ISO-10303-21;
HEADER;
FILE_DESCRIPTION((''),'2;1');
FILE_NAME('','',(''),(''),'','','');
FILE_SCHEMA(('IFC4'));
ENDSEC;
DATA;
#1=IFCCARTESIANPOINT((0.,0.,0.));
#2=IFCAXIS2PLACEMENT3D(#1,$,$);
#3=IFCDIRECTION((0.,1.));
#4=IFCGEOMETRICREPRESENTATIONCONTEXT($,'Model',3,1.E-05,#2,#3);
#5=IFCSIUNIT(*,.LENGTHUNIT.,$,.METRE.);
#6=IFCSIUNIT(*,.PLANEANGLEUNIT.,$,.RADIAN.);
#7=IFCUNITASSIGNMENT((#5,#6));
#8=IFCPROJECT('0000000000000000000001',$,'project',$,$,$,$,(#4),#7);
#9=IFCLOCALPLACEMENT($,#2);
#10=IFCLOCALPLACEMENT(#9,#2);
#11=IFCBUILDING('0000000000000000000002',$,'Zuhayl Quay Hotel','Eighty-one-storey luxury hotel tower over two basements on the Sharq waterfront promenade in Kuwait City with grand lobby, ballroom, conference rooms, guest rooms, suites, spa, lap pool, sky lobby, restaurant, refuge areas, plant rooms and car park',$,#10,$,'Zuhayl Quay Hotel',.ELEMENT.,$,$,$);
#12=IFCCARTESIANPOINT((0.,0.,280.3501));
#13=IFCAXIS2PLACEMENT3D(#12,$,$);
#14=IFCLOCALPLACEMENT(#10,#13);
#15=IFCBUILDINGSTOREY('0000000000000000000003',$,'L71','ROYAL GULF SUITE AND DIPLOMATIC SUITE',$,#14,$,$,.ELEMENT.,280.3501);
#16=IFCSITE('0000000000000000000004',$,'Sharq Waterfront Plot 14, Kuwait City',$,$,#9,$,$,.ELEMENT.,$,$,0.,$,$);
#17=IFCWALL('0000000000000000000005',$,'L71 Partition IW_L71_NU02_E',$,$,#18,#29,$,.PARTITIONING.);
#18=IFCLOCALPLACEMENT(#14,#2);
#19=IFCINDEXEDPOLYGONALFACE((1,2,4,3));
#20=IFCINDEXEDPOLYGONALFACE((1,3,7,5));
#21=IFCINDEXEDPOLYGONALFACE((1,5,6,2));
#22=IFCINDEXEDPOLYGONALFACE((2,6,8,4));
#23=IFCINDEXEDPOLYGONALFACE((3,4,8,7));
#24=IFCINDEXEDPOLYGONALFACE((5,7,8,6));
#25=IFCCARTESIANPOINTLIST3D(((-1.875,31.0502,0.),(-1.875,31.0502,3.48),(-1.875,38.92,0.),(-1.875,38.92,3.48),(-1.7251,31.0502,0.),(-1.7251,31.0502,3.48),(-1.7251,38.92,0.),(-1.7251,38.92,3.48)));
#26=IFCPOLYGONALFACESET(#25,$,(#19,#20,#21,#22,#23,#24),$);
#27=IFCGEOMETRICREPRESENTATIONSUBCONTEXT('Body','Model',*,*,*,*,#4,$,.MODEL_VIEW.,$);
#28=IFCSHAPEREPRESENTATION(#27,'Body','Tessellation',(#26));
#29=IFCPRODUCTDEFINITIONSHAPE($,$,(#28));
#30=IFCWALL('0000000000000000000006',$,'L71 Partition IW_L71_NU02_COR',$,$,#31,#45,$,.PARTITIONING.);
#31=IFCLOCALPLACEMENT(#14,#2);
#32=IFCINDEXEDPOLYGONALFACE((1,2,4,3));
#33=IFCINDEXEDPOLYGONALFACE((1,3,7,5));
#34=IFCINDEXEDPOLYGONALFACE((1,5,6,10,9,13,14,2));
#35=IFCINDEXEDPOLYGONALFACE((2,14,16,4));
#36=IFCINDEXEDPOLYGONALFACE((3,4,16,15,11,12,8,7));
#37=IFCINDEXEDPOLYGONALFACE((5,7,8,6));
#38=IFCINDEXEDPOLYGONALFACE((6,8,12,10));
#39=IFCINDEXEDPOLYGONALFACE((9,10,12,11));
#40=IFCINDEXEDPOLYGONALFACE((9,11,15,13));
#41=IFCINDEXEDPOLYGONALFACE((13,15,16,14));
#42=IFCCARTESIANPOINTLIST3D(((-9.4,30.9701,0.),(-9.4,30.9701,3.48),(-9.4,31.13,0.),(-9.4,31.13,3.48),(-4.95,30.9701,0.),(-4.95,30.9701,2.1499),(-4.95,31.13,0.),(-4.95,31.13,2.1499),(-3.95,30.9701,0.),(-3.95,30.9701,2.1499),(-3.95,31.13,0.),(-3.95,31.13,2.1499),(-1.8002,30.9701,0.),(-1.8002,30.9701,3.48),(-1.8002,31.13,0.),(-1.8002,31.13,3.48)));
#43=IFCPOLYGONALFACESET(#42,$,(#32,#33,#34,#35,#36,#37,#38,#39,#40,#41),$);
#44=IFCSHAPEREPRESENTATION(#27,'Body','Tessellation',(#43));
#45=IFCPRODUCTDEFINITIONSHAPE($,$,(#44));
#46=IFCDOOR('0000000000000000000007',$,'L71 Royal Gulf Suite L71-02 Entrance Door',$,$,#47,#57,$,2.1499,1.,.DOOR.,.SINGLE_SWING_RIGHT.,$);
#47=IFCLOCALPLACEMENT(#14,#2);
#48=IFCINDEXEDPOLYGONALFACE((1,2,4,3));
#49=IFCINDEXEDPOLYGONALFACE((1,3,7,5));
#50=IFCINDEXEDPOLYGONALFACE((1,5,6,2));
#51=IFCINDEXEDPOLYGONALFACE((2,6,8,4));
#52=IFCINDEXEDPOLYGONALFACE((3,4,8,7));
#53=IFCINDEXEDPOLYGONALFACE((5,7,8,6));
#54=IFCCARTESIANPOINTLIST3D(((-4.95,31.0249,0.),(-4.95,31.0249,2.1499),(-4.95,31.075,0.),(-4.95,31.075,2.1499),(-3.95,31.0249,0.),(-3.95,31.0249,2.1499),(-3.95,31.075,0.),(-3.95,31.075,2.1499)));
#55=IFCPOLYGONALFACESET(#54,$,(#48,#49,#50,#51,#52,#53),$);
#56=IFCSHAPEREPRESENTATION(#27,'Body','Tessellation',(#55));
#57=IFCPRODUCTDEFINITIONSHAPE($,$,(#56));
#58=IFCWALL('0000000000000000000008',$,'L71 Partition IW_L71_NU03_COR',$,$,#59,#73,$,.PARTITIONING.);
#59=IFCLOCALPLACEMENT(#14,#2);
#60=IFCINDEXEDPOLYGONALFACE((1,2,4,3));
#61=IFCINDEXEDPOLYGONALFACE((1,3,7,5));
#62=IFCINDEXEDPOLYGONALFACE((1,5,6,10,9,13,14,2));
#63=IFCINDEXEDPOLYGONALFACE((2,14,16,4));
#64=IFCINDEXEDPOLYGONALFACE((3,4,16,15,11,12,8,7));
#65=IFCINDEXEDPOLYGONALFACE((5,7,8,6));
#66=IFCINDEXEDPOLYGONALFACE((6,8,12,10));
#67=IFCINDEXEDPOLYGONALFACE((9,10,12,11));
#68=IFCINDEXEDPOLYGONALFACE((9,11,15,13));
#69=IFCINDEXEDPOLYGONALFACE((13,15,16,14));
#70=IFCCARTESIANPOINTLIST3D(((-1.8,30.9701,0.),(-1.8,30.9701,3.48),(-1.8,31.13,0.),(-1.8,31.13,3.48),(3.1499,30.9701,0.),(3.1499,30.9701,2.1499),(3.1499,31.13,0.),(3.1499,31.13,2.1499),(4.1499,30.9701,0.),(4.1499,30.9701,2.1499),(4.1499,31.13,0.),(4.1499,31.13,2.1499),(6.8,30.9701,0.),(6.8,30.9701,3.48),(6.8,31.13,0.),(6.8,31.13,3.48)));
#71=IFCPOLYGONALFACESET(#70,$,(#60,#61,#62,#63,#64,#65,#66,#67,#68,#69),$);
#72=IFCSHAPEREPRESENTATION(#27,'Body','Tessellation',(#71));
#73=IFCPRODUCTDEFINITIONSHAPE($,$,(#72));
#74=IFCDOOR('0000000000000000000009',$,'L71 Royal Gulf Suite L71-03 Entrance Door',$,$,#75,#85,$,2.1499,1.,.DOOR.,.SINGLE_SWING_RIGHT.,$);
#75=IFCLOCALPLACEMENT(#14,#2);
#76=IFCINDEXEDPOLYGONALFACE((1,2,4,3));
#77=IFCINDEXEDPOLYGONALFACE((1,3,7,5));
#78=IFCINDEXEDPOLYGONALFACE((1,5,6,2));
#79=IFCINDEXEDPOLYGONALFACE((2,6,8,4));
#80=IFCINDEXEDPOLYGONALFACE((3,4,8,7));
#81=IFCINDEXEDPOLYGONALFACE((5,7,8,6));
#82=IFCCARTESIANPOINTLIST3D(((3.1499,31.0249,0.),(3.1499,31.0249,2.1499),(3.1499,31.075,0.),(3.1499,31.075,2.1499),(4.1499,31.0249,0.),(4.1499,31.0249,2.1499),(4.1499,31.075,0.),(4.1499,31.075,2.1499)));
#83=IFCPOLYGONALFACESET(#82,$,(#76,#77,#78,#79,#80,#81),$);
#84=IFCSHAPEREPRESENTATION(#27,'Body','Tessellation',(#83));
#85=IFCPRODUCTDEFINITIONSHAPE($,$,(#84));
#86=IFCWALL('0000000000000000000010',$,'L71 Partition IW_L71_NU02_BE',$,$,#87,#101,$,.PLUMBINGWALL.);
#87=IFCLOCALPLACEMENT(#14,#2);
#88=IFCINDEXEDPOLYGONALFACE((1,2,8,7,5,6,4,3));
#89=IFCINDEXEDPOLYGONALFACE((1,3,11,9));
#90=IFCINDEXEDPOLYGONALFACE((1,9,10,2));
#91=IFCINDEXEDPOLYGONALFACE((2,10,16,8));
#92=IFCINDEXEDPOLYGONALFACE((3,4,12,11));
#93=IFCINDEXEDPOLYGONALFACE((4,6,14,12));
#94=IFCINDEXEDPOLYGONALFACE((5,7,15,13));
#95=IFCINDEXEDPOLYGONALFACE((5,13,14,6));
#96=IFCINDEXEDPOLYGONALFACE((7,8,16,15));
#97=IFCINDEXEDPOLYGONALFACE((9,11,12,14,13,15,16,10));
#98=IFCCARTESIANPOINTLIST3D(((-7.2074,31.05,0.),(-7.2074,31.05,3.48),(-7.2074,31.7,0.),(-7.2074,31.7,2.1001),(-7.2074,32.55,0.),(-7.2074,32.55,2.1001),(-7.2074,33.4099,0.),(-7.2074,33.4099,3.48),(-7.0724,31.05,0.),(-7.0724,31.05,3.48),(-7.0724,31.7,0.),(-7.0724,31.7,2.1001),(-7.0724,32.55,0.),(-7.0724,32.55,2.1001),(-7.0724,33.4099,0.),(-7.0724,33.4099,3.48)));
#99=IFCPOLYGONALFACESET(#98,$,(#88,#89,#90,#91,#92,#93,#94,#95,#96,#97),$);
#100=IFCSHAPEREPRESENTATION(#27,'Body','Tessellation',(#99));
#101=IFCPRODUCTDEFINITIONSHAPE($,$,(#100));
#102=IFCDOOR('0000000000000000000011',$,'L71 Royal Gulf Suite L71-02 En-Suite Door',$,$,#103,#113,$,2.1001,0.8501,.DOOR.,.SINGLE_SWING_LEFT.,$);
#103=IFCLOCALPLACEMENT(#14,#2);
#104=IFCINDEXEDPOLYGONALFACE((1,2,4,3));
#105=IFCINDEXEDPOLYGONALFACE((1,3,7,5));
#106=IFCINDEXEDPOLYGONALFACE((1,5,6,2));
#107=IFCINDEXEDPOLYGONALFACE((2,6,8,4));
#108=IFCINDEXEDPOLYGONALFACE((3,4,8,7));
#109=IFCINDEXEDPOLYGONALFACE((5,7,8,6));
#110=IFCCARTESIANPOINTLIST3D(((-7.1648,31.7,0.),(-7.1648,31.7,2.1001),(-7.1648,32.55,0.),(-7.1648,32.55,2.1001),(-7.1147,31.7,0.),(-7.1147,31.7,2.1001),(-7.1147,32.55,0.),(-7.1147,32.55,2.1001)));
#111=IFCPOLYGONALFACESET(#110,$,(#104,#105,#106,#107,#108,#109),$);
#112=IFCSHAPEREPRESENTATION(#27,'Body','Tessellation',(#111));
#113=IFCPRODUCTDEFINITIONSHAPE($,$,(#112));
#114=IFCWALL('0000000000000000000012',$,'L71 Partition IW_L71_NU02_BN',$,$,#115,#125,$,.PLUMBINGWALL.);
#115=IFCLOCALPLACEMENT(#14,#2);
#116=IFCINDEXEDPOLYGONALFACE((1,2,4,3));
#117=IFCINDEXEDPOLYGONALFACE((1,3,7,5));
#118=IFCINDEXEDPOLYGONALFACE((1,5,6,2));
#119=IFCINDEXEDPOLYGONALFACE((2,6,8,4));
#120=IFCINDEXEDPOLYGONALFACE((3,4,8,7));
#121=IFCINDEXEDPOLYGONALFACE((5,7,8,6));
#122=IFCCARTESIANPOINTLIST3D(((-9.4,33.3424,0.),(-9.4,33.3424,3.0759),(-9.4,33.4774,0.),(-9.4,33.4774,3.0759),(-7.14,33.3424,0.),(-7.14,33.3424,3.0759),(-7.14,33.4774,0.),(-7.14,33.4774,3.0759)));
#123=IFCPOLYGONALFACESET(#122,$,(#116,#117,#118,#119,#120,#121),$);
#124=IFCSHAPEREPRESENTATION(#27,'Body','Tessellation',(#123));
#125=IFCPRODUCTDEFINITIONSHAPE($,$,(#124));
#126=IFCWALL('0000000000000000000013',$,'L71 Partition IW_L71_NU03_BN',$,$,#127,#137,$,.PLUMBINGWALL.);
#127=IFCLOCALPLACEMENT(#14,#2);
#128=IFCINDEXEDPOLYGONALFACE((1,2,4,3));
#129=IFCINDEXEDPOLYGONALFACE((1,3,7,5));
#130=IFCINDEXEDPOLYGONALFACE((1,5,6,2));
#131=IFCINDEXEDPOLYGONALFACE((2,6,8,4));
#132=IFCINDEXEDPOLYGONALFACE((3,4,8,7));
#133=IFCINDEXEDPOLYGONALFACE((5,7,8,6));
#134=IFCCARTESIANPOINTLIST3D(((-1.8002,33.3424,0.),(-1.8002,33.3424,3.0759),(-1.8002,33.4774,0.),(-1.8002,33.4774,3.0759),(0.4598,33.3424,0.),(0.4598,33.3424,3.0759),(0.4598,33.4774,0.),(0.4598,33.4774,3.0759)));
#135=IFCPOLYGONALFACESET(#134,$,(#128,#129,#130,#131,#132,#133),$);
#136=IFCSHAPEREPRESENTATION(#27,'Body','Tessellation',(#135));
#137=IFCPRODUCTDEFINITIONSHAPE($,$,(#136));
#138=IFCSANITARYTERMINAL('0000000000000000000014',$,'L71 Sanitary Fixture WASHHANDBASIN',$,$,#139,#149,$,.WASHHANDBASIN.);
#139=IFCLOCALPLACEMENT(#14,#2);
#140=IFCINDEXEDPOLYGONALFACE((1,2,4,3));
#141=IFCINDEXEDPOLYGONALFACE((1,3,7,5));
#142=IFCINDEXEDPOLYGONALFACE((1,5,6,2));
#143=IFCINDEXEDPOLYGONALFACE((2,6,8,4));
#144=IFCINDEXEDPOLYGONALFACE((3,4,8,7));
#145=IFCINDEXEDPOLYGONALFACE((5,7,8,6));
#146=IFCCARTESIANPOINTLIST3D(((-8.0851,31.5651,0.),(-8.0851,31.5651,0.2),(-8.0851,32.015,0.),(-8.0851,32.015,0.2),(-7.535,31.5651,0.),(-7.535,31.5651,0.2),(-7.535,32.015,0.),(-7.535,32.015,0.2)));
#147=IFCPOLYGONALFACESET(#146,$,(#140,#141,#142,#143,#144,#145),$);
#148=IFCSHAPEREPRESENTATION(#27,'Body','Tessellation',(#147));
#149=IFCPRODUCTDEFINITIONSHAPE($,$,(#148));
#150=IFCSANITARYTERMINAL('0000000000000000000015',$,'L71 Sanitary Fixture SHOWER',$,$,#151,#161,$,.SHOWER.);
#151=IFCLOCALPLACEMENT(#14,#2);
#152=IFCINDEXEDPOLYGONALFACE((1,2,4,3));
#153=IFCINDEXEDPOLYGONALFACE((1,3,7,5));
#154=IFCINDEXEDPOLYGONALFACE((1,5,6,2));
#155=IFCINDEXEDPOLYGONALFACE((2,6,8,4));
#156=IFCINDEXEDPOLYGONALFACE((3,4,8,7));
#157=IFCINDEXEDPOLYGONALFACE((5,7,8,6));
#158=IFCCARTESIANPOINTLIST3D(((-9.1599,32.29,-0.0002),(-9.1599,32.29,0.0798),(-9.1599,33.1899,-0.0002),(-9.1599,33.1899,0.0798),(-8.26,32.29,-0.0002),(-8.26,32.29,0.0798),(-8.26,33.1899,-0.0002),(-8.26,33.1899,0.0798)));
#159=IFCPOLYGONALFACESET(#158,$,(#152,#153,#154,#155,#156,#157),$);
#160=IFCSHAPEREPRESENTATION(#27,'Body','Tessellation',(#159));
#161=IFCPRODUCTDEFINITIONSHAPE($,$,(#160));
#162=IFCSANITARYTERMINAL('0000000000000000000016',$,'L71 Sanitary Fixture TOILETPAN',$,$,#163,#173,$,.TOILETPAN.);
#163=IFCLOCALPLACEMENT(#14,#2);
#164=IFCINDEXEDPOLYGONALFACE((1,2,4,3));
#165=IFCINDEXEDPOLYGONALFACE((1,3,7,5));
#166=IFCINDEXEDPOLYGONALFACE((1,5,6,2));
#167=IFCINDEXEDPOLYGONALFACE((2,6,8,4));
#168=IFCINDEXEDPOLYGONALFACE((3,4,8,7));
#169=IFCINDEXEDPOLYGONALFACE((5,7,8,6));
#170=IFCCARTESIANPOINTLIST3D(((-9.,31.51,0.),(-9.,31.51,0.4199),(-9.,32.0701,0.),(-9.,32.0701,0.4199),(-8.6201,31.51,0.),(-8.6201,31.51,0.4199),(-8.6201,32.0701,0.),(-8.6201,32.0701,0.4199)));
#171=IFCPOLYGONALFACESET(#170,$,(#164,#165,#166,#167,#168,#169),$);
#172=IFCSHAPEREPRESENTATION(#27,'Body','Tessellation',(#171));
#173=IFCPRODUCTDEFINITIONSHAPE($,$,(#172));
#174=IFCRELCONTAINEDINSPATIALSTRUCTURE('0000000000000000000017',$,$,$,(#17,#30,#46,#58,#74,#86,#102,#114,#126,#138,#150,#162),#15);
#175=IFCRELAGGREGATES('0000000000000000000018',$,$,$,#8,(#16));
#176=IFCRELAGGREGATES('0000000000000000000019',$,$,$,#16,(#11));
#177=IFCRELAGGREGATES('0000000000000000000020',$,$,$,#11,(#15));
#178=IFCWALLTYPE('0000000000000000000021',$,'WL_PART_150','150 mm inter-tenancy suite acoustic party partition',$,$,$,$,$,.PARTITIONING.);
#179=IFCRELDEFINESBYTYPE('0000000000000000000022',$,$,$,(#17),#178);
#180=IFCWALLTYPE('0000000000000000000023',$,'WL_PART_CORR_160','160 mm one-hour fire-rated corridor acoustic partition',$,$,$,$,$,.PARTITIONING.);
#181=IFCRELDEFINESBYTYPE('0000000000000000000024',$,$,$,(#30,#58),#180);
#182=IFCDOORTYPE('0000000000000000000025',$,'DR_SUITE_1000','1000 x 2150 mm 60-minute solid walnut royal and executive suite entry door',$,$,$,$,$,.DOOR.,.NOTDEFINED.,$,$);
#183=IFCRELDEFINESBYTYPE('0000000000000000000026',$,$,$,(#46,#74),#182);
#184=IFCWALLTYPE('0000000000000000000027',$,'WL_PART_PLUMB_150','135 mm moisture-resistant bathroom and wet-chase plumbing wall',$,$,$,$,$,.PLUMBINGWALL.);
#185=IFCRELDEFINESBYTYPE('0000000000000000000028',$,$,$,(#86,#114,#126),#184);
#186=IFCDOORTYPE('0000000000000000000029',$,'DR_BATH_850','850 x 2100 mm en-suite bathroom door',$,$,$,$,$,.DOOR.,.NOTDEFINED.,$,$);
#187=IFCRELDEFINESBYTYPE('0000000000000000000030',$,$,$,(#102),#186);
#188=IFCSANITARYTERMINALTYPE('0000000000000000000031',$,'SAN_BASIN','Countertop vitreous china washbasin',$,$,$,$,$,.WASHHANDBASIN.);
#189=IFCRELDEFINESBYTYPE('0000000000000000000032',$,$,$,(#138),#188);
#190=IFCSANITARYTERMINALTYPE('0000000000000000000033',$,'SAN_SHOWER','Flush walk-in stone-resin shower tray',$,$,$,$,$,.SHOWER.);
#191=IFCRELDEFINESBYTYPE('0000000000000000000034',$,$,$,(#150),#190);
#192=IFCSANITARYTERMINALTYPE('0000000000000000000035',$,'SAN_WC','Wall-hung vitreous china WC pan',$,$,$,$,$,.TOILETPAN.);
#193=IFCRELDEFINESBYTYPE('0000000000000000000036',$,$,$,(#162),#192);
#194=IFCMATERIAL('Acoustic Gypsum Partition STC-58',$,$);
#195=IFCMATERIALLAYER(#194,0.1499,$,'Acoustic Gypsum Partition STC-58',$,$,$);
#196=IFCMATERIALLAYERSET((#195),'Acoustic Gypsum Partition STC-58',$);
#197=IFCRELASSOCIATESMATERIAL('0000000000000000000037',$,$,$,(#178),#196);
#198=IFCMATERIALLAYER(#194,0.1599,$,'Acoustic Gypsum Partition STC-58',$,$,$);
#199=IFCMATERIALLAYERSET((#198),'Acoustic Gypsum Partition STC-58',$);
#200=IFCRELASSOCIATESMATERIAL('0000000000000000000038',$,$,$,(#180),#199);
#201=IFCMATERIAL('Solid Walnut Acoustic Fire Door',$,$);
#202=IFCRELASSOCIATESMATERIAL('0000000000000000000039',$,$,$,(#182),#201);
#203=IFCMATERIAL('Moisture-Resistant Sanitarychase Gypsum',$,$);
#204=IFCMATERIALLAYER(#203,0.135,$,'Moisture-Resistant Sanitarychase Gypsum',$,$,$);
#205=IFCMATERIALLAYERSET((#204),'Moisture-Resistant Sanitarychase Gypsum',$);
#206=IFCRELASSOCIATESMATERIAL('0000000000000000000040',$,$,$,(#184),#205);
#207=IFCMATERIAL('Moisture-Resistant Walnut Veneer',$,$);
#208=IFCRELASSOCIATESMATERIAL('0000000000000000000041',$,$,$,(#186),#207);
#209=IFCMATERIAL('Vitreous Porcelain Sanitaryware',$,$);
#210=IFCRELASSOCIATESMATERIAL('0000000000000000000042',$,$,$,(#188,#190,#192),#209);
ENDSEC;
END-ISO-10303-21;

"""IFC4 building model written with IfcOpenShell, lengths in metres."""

from ifc_helpers import new_model, si_unit, direction, frame, frame_2d, origin, origin_2d, place, context, subcontext, project, spatial, rectangle, extrude, material, layer, layer_set, type_object, element, fill, save


model = new_model("IFC4")

# Units and contexts
model_context = context("Model", 3, precision=1e-05, world=origin(), true_north=direction((0.0, 1.0)))
body_context = subcontext(model_context, "Body", "Model", "MODEL_VIEW")
ifc_project = project(units=[si_unit("LENGTHUNIT", "METRE"), si_unit("PLANEANGLEUNIT", "RADIAN")], contexts=[model_context])

# Site, building, storey
site_placement = place(None, origin())
site = spatial("IfcSite", under=ifc_project, at=site_placement, Name="Sharq Waterfront Plot 14, Kuwait City", CompositionType="ELEMENT", RefElevation=0.0)
building_placement = place(site_placement, origin())
building = spatial("IfcBuilding", under=site, at=building_placement, Name="Zuhayl Quay Hotel", Description="Eighty-one-storey luxury hotel tower over two basements on the Sharq waterfront promenade in Kuwait City with grand lobby, ballroom, conference rooms, guest rooms, suites, spa, lap pool, sky lobby, restaurant, refuge areas, plant rooms and car park", LongName="Zuhayl Quay Hotel", CompositionType="ELEMENT")
storey_placement = place(building_placement, frame((0.0, 0.0, 280.3501)))
storey = spatial("IfcBuildingStorey", under=building, at=storey_placement, Name="L71", Description="ROYAL GULF SUITE AND DIPLOMATIC SUITE", CompositionType="ELEMENT", Elevation=280.3501)

# Wall
ifc_material_1 = material(Name="Acoustic Gypsum Partition STC-58")
ifc_layer_1 = layer(ifc_material_1, 0.1499, Name="Acoustic Gypsum Partition STC-58")
ifc_layer_set_1 = layer_set([ifc_layer_1], Name="Acoustic Gypsum Partition STC-58")
wall_type_1 = type_object("IfcWallType", Name="WL_PART_150", Description="150 mm inter-tenancy suite acoustic party partition", PredefinedType="PARTITIONING", material=ifc_layer_set_1)
for number, where, z_axis, x_axis, name in (
    (1, (-1.8, 31.05, 0.0), (0.0, 0.0, 1.0), (0.0, 1.0, 0.0), "L71 Partition IW_L71_NU02_E"),
):
    element("IfcWall", number, at=place(storey_placement, frame(where, z_axis=z_axis, x_axis=x_axis)), inside=storey, type_object=wall_type_1, Name=name, PredefinedType="PARTITIONING", context=body_context, shape_type="SweptSolid", body=[
        extrude(rectangle(XDim=7.8699, YDim=0.1499, at=frame_2d((3.9351, 0.0))), origin(), (0.0, 0.0, 1.0), 3.48),
    ])

# Walls, openings, doors
ifc_layer_2 = layer(ifc_material_1, 0.1599, Name="Acoustic Gypsum Partition STC-58")
ifc_layer_set_2 = layer_set([ifc_layer_2], Name="Acoustic Gypsum Partition STC-58")
wall_type_2 = type_object("IfcWallType", Name="WL_PART_CORR_160", Description="160 mm one-hour fire-rated corridor acoustic partition", PredefinedType="PARTITIONING", material=ifc_layer_set_2)
wall_1_placement = place(storey_placement, frame((-9.3999, 31.05, 0.0), z_axis=(0.0, 0.0, 1.0), x_axis=(1.0, 0.0, 0.0)))
wall_1 = element("IfcWall", 2, at=wall_1_placement, inside=storey, type_object=wall_type_2, Name="L71 Partition IW_L71_NU02_COR", PredefinedType="PARTITIONING", context=body_context, shape_type="SweptSolid", body=[
    extrude(rectangle(XDim=7.5999, YDim=0.1599, at=frame_2d((3.7998, 0.0))), origin(), (0.0, 0.0, 1.0), 3.48),
])
opening_1_placement = place(wall_1_placement, frame((4.45, 0.0, 0.0)))
opening_1 = element("IfcOpeningElement", 3, at=opening_1_placement, cuts=wall_1, PredefinedType="OPENING", context=body_context, shape_type="SweptSolid", body=[
    extrude(rectangle(XDim=1.0, YDim=2.1499, at=frame_2d((0.5, 1.075))), frame((0.0, 0.0898, 0.0), z_axis=(0.0, -1.0, 0.0), x_axis=(1.0, 0.0, 0.0)), (0.0, 0.0, 1.0), 0.1799),
])
ifc_material_2 = material(Name="Solid Walnut Acoustic Fire Door")
door_type_1 = type_object("IfcDoorType", Name="DR_SUITE_1000", Description="1000 x 2150 mm 60-minute solid walnut royal and executive suite entry door", OperationType="NOTDEFINED", PredefinedType="DOOR", material=ifc_material_2)
door_1_placement = place(opening_1_placement, origin())
door_1 = element("IfcDoor", 4, at=door_1_placement, inside=storey, type_object=door_type_1, Name="L71 Royal Gulf Suite L71-02 Entrance Door", OperationType="SINGLE_SWING_RIGHT", OverallHeight=2.1499, OverallWidth=1.0, PredefinedType="DOOR", context=body_context, shape_type="SweptSolid", body=[
    extrude(rectangle(XDim=1.0, YDim=2.1499, at=frame_2d((0.5, 1.075))), frame((0.0, 0.0249, 0.0), z_axis=(0.0, -1.0, 0.0), x_axis=(1.0, 0.0, 0.0)), (0.0, 0.0, 1.0), 0.05),
])
fill(opening_1, door_1)
wall_2_placement = place(storey_placement, frame((-1.8, 31.05, 0.0), z_axis=(0.0, 0.0, 1.0), x_axis=(1.0, 0.0, 0.0)))
wall_2 = element("IfcWall", 5, at=wall_2_placement, inside=storey, type_object=wall_type_2, Name="L71 Partition IW_L71_NU03_COR", PredefinedType="PARTITIONING", context=body_context, shape_type="SweptSolid", body=[
    extrude(rectangle(XDim=8.6001, YDim=0.1599, at=frame_2d((4.3, 0.0))), origin(), (0.0, 0.0, 1.0), 3.48),
])
opening_2_placement = place(wall_2_placement, frame((4.95, 0.0, 0.0)))
opening_2 = element("IfcOpeningElement", 6, at=opening_2_placement, cuts=wall_2, PredefinedType="OPENING", context=body_context, shape_type="SweptSolid", body=[
    extrude(rectangle(XDim=1.0, YDim=2.1499, at=frame_2d((0.5, 1.075))), frame((0.0, 0.0898, 0.0), z_axis=(0.0, -1.0, 0.0), x_axis=(1.0, 0.0, 0.0)), (0.0, 0.0, 1.0), 0.1799),
])
door_2_placement = place(opening_2_placement, origin())
door_2 = element("IfcDoor", 7, at=door_2_placement, inside=storey, type_object=door_type_1, Name="L71 Royal Gulf Suite L71-03 Entrance Door", OperationType="SINGLE_SWING_RIGHT", OverallHeight=2.1499, OverallWidth=1.0, PredefinedType="DOOR", context=body_context, shape_type="SweptSolid", body=[
    extrude(rectangle(XDim=1.0, YDim=2.1499, at=frame_2d((0.5, 1.075))), frame((0.0, 0.0249, 0.0), z_axis=(0.0, -1.0, 0.0), x_axis=(1.0, 0.0, 0.0)), (0.0, 0.0, 1.0), 0.05),
])
fill(opening_2, door_2)
ifc_material_3 = material(Name="Moisture-Resistant Sanitarychase Gypsum")
ifc_layer_3 = layer(ifc_material_3, 0.135, Name="Moisture-Resistant Sanitarychase Gypsum")
ifc_layer_set_3 = layer_set([ifc_layer_3], Name="Moisture-Resistant Sanitarychase Gypsum")
wall_type_3 = type_object("IfcWallType", Name="WL_PART_PLUMB_150", Description="135 mm moisture-resistant bathroom and wet-chase plumbing wall", PredefinedType="PLUMBINGWALL", material=ifc_layer_set_3)
wall_3_placement = place(storey_placement, frame((-7.1399, 31.05, 0.0), z_axis=(0.0, 0.0, 1.0), x_axis=(0.0, 1.0, 0.0)))
wall_3 = element("IfcWall", 8, at=wall_3_placement, inside=storey, type_object=wall_type_3, Name="L71 Partition IW_L71_NU02_BE", PredefinedType="PLUMBINGWALL", context=body_context, shape_type="SweptSolid", body=[
    extrude(rectangle(XDim=2.3599, YDim=0.135, at=frame_2d((1.1799, 0.0))), origin(), (0.0, 0.0, 1.0), 3.48),
])
opening_3_placement = place(wall_3_placement, frame((0.6499, 0.0, 0.0)))
opening_3 = element("IfcOpeningElement", 9, at=opening_3_placement, cuts=wall_3, PredefinedType="OPENING", context=body_context, shape_type="SweptSolid", body=[
    extrude(rectangle(XDim=0.8501, YDim=2.1001, at=frame_2d((0.425, 1.05))), frame((0.0, 0.0774, 0.0), z_axis=(0.0, -1.0, 0.0), x_axis=(1.0, 0.0, 0.0)), (0.0, 0.0, 1.0), 0.155),
])
ifc_material_4 = material(Name="Moisture-Resistant Walnut Veneer")
door_type_2 = type_object("IfcDoorType", Name="DR_BATH_850", Description="850 x 2100 mm en-suite bathroom door", OperationType="NOTDEFINED", PredefinedType="DOOR", material=ifc_material_4)
door_3_placement = place(opening_3_placement, origin())
door_3 = element("IfcDoor", 10, at=door_3_placement, inside=storey, type_object=door_type_2, Name="L71 Royal Gulf Suite L71-02 En-Suite Door", OperationType="SINGLE_SWING_LEFT", OverallHeight=2.1001, OverallWidth=0.8501, PredefinedType="DOOR", context=body_context, shape_type="SweptSolid", body=[
    extrude(rectangle(XDim=0.8501, YDim=2.1001, at=frame_2d((0.425, 1.05))), frame((0.0, 0.0249, 0.0), z_axis=(0.0, -1.0, 0.0), x_axis=(1.0, 0.0, 0.0)), (0.0, 0.0, 1.0), 0.05),
])
fill(opening_3, door_3)

# Walls
for number, where, z_axis, x_axis, name in (
    (11, (-9.3999, 33.4099, 0.0), (0.0, 0.0, 1.0), (1.0, 0.0, 0.0), "L71 Partition IW_L71_NU02_BN"),
    (12, (-1.8, 33.4099, 0.0), (0.0, 0.0, 1.0), (1.0, 0.0, 0.0), "L71 Partition IW_L71_NU03_BN"),
):
    element("IfcWall", number, at=place(storey_placement, frame(where, z_axis=z_axis, x_axis=x_axis)), inside=storey, type_object=wall_type_3, Name=name, PredefinedType="PLUMBINGWALL", context=body_context, shape_type="SweptSolid", body=[
        extrude(rectangle(XDim=2.26, YDim=0.135, at=frame_2d((1.1299, 0.0))), origin(), (0.0, 0.0, 1.0), 3.0759),
    ])

# Sanitary terminals
ifc_material_5 = material(Name="Vitreous Porcelain Sanitaryware")
sanitary_terminal_type_1 = type_object("IfcSanitaryTerminalType", Name="SAN_BASIN", Description="Countertop vitreous china washbasin", PredefinedType="WASHHANDBASIN", material=ifc_material_5)
sanitary_terminal_1_placement = place(storey_placement, frame((-7.8101, 31.79, 0.0), z_axis=(0.0, 0.0, 1.0), x_axis=(1.0, 0.0, 0.0)))
element("IfcSanitaryTerminal", 13, at=sanitary_terminal_1_placement, inside=storey, type_object=sanitary_terminal_type_1, Name="L71 Sanitary Fixture WASHHANDBASIN", PredefinedType="WASHHANDBASIN", context=body_context, shape_type="SweptSolid", body=[
    extrude(rectangle(XDim=0.55, YDim=0.45, at=origin_2d()), origin(), (0.0, 0.0, 1.0), 0.2),
])
sanitary_terminal_type_2 = type_object("IfcSanitaryTerminalType", Name="SAN_SHOWER", Description="Flush walk-in stone-resin shower tray", PredefinedType="SHOWER", material=ifc_material_5)
sanitary_terminal_2_placement = place(storey_placement, frame((-8.71, 32.74, -0.0002), z_axis=(0.0, 0.0, 1.0), x_axis=(1.0, 0.0, 0.0)))
element("IfcSanitaryTerminal", 14, at=sanitary_terminal_2_placement, inside=storey, type_object=sanitary_terminal_type_2, Name="L71 Sanitary Fixture SHOWER", PredefinedType="SHOWER", context=body_context, shape_type="SweptSolid", body=[
    extrude(rectangle(XDim=0.8999, YDim=0.8999, at=origin_2d()), origin(), (0.0, 0.0, 1.0), 0.0801),
])
sanitary_terminal_type_3 = type_object("IfcSanitaryTerminalType", Name="SAN_WC", Description="Wall-hung vitreous china WC pan", PredefinedType="TOILETPAN", material=ifc_material_5)
sanitary_terminal_3_placement = place(storey_placement, frame((-8.8101, 31.79, 0.0), z_axis=(0.0, 0.0, 1.0), x_axis=(1.0, 0.0, 0.0)))
element("IfcSanitaryTerminal", 15, at=sanitary_terminal_3_placement, inside=storey, type_object=sanitary_terminal_type_3, Name="L71 Sanitary Fixture TOILETPAN", PredefinedType="TOILETPAN", context=body_context, shape_type="SweptSolid", body=[
    extrude(rectangle(XDim=0.3799, YDim=0.5601, at=origin_2d()), origin(), (0.0, 0.0, 1.0), 0.4199),
])

save(model, "model.ifc")
